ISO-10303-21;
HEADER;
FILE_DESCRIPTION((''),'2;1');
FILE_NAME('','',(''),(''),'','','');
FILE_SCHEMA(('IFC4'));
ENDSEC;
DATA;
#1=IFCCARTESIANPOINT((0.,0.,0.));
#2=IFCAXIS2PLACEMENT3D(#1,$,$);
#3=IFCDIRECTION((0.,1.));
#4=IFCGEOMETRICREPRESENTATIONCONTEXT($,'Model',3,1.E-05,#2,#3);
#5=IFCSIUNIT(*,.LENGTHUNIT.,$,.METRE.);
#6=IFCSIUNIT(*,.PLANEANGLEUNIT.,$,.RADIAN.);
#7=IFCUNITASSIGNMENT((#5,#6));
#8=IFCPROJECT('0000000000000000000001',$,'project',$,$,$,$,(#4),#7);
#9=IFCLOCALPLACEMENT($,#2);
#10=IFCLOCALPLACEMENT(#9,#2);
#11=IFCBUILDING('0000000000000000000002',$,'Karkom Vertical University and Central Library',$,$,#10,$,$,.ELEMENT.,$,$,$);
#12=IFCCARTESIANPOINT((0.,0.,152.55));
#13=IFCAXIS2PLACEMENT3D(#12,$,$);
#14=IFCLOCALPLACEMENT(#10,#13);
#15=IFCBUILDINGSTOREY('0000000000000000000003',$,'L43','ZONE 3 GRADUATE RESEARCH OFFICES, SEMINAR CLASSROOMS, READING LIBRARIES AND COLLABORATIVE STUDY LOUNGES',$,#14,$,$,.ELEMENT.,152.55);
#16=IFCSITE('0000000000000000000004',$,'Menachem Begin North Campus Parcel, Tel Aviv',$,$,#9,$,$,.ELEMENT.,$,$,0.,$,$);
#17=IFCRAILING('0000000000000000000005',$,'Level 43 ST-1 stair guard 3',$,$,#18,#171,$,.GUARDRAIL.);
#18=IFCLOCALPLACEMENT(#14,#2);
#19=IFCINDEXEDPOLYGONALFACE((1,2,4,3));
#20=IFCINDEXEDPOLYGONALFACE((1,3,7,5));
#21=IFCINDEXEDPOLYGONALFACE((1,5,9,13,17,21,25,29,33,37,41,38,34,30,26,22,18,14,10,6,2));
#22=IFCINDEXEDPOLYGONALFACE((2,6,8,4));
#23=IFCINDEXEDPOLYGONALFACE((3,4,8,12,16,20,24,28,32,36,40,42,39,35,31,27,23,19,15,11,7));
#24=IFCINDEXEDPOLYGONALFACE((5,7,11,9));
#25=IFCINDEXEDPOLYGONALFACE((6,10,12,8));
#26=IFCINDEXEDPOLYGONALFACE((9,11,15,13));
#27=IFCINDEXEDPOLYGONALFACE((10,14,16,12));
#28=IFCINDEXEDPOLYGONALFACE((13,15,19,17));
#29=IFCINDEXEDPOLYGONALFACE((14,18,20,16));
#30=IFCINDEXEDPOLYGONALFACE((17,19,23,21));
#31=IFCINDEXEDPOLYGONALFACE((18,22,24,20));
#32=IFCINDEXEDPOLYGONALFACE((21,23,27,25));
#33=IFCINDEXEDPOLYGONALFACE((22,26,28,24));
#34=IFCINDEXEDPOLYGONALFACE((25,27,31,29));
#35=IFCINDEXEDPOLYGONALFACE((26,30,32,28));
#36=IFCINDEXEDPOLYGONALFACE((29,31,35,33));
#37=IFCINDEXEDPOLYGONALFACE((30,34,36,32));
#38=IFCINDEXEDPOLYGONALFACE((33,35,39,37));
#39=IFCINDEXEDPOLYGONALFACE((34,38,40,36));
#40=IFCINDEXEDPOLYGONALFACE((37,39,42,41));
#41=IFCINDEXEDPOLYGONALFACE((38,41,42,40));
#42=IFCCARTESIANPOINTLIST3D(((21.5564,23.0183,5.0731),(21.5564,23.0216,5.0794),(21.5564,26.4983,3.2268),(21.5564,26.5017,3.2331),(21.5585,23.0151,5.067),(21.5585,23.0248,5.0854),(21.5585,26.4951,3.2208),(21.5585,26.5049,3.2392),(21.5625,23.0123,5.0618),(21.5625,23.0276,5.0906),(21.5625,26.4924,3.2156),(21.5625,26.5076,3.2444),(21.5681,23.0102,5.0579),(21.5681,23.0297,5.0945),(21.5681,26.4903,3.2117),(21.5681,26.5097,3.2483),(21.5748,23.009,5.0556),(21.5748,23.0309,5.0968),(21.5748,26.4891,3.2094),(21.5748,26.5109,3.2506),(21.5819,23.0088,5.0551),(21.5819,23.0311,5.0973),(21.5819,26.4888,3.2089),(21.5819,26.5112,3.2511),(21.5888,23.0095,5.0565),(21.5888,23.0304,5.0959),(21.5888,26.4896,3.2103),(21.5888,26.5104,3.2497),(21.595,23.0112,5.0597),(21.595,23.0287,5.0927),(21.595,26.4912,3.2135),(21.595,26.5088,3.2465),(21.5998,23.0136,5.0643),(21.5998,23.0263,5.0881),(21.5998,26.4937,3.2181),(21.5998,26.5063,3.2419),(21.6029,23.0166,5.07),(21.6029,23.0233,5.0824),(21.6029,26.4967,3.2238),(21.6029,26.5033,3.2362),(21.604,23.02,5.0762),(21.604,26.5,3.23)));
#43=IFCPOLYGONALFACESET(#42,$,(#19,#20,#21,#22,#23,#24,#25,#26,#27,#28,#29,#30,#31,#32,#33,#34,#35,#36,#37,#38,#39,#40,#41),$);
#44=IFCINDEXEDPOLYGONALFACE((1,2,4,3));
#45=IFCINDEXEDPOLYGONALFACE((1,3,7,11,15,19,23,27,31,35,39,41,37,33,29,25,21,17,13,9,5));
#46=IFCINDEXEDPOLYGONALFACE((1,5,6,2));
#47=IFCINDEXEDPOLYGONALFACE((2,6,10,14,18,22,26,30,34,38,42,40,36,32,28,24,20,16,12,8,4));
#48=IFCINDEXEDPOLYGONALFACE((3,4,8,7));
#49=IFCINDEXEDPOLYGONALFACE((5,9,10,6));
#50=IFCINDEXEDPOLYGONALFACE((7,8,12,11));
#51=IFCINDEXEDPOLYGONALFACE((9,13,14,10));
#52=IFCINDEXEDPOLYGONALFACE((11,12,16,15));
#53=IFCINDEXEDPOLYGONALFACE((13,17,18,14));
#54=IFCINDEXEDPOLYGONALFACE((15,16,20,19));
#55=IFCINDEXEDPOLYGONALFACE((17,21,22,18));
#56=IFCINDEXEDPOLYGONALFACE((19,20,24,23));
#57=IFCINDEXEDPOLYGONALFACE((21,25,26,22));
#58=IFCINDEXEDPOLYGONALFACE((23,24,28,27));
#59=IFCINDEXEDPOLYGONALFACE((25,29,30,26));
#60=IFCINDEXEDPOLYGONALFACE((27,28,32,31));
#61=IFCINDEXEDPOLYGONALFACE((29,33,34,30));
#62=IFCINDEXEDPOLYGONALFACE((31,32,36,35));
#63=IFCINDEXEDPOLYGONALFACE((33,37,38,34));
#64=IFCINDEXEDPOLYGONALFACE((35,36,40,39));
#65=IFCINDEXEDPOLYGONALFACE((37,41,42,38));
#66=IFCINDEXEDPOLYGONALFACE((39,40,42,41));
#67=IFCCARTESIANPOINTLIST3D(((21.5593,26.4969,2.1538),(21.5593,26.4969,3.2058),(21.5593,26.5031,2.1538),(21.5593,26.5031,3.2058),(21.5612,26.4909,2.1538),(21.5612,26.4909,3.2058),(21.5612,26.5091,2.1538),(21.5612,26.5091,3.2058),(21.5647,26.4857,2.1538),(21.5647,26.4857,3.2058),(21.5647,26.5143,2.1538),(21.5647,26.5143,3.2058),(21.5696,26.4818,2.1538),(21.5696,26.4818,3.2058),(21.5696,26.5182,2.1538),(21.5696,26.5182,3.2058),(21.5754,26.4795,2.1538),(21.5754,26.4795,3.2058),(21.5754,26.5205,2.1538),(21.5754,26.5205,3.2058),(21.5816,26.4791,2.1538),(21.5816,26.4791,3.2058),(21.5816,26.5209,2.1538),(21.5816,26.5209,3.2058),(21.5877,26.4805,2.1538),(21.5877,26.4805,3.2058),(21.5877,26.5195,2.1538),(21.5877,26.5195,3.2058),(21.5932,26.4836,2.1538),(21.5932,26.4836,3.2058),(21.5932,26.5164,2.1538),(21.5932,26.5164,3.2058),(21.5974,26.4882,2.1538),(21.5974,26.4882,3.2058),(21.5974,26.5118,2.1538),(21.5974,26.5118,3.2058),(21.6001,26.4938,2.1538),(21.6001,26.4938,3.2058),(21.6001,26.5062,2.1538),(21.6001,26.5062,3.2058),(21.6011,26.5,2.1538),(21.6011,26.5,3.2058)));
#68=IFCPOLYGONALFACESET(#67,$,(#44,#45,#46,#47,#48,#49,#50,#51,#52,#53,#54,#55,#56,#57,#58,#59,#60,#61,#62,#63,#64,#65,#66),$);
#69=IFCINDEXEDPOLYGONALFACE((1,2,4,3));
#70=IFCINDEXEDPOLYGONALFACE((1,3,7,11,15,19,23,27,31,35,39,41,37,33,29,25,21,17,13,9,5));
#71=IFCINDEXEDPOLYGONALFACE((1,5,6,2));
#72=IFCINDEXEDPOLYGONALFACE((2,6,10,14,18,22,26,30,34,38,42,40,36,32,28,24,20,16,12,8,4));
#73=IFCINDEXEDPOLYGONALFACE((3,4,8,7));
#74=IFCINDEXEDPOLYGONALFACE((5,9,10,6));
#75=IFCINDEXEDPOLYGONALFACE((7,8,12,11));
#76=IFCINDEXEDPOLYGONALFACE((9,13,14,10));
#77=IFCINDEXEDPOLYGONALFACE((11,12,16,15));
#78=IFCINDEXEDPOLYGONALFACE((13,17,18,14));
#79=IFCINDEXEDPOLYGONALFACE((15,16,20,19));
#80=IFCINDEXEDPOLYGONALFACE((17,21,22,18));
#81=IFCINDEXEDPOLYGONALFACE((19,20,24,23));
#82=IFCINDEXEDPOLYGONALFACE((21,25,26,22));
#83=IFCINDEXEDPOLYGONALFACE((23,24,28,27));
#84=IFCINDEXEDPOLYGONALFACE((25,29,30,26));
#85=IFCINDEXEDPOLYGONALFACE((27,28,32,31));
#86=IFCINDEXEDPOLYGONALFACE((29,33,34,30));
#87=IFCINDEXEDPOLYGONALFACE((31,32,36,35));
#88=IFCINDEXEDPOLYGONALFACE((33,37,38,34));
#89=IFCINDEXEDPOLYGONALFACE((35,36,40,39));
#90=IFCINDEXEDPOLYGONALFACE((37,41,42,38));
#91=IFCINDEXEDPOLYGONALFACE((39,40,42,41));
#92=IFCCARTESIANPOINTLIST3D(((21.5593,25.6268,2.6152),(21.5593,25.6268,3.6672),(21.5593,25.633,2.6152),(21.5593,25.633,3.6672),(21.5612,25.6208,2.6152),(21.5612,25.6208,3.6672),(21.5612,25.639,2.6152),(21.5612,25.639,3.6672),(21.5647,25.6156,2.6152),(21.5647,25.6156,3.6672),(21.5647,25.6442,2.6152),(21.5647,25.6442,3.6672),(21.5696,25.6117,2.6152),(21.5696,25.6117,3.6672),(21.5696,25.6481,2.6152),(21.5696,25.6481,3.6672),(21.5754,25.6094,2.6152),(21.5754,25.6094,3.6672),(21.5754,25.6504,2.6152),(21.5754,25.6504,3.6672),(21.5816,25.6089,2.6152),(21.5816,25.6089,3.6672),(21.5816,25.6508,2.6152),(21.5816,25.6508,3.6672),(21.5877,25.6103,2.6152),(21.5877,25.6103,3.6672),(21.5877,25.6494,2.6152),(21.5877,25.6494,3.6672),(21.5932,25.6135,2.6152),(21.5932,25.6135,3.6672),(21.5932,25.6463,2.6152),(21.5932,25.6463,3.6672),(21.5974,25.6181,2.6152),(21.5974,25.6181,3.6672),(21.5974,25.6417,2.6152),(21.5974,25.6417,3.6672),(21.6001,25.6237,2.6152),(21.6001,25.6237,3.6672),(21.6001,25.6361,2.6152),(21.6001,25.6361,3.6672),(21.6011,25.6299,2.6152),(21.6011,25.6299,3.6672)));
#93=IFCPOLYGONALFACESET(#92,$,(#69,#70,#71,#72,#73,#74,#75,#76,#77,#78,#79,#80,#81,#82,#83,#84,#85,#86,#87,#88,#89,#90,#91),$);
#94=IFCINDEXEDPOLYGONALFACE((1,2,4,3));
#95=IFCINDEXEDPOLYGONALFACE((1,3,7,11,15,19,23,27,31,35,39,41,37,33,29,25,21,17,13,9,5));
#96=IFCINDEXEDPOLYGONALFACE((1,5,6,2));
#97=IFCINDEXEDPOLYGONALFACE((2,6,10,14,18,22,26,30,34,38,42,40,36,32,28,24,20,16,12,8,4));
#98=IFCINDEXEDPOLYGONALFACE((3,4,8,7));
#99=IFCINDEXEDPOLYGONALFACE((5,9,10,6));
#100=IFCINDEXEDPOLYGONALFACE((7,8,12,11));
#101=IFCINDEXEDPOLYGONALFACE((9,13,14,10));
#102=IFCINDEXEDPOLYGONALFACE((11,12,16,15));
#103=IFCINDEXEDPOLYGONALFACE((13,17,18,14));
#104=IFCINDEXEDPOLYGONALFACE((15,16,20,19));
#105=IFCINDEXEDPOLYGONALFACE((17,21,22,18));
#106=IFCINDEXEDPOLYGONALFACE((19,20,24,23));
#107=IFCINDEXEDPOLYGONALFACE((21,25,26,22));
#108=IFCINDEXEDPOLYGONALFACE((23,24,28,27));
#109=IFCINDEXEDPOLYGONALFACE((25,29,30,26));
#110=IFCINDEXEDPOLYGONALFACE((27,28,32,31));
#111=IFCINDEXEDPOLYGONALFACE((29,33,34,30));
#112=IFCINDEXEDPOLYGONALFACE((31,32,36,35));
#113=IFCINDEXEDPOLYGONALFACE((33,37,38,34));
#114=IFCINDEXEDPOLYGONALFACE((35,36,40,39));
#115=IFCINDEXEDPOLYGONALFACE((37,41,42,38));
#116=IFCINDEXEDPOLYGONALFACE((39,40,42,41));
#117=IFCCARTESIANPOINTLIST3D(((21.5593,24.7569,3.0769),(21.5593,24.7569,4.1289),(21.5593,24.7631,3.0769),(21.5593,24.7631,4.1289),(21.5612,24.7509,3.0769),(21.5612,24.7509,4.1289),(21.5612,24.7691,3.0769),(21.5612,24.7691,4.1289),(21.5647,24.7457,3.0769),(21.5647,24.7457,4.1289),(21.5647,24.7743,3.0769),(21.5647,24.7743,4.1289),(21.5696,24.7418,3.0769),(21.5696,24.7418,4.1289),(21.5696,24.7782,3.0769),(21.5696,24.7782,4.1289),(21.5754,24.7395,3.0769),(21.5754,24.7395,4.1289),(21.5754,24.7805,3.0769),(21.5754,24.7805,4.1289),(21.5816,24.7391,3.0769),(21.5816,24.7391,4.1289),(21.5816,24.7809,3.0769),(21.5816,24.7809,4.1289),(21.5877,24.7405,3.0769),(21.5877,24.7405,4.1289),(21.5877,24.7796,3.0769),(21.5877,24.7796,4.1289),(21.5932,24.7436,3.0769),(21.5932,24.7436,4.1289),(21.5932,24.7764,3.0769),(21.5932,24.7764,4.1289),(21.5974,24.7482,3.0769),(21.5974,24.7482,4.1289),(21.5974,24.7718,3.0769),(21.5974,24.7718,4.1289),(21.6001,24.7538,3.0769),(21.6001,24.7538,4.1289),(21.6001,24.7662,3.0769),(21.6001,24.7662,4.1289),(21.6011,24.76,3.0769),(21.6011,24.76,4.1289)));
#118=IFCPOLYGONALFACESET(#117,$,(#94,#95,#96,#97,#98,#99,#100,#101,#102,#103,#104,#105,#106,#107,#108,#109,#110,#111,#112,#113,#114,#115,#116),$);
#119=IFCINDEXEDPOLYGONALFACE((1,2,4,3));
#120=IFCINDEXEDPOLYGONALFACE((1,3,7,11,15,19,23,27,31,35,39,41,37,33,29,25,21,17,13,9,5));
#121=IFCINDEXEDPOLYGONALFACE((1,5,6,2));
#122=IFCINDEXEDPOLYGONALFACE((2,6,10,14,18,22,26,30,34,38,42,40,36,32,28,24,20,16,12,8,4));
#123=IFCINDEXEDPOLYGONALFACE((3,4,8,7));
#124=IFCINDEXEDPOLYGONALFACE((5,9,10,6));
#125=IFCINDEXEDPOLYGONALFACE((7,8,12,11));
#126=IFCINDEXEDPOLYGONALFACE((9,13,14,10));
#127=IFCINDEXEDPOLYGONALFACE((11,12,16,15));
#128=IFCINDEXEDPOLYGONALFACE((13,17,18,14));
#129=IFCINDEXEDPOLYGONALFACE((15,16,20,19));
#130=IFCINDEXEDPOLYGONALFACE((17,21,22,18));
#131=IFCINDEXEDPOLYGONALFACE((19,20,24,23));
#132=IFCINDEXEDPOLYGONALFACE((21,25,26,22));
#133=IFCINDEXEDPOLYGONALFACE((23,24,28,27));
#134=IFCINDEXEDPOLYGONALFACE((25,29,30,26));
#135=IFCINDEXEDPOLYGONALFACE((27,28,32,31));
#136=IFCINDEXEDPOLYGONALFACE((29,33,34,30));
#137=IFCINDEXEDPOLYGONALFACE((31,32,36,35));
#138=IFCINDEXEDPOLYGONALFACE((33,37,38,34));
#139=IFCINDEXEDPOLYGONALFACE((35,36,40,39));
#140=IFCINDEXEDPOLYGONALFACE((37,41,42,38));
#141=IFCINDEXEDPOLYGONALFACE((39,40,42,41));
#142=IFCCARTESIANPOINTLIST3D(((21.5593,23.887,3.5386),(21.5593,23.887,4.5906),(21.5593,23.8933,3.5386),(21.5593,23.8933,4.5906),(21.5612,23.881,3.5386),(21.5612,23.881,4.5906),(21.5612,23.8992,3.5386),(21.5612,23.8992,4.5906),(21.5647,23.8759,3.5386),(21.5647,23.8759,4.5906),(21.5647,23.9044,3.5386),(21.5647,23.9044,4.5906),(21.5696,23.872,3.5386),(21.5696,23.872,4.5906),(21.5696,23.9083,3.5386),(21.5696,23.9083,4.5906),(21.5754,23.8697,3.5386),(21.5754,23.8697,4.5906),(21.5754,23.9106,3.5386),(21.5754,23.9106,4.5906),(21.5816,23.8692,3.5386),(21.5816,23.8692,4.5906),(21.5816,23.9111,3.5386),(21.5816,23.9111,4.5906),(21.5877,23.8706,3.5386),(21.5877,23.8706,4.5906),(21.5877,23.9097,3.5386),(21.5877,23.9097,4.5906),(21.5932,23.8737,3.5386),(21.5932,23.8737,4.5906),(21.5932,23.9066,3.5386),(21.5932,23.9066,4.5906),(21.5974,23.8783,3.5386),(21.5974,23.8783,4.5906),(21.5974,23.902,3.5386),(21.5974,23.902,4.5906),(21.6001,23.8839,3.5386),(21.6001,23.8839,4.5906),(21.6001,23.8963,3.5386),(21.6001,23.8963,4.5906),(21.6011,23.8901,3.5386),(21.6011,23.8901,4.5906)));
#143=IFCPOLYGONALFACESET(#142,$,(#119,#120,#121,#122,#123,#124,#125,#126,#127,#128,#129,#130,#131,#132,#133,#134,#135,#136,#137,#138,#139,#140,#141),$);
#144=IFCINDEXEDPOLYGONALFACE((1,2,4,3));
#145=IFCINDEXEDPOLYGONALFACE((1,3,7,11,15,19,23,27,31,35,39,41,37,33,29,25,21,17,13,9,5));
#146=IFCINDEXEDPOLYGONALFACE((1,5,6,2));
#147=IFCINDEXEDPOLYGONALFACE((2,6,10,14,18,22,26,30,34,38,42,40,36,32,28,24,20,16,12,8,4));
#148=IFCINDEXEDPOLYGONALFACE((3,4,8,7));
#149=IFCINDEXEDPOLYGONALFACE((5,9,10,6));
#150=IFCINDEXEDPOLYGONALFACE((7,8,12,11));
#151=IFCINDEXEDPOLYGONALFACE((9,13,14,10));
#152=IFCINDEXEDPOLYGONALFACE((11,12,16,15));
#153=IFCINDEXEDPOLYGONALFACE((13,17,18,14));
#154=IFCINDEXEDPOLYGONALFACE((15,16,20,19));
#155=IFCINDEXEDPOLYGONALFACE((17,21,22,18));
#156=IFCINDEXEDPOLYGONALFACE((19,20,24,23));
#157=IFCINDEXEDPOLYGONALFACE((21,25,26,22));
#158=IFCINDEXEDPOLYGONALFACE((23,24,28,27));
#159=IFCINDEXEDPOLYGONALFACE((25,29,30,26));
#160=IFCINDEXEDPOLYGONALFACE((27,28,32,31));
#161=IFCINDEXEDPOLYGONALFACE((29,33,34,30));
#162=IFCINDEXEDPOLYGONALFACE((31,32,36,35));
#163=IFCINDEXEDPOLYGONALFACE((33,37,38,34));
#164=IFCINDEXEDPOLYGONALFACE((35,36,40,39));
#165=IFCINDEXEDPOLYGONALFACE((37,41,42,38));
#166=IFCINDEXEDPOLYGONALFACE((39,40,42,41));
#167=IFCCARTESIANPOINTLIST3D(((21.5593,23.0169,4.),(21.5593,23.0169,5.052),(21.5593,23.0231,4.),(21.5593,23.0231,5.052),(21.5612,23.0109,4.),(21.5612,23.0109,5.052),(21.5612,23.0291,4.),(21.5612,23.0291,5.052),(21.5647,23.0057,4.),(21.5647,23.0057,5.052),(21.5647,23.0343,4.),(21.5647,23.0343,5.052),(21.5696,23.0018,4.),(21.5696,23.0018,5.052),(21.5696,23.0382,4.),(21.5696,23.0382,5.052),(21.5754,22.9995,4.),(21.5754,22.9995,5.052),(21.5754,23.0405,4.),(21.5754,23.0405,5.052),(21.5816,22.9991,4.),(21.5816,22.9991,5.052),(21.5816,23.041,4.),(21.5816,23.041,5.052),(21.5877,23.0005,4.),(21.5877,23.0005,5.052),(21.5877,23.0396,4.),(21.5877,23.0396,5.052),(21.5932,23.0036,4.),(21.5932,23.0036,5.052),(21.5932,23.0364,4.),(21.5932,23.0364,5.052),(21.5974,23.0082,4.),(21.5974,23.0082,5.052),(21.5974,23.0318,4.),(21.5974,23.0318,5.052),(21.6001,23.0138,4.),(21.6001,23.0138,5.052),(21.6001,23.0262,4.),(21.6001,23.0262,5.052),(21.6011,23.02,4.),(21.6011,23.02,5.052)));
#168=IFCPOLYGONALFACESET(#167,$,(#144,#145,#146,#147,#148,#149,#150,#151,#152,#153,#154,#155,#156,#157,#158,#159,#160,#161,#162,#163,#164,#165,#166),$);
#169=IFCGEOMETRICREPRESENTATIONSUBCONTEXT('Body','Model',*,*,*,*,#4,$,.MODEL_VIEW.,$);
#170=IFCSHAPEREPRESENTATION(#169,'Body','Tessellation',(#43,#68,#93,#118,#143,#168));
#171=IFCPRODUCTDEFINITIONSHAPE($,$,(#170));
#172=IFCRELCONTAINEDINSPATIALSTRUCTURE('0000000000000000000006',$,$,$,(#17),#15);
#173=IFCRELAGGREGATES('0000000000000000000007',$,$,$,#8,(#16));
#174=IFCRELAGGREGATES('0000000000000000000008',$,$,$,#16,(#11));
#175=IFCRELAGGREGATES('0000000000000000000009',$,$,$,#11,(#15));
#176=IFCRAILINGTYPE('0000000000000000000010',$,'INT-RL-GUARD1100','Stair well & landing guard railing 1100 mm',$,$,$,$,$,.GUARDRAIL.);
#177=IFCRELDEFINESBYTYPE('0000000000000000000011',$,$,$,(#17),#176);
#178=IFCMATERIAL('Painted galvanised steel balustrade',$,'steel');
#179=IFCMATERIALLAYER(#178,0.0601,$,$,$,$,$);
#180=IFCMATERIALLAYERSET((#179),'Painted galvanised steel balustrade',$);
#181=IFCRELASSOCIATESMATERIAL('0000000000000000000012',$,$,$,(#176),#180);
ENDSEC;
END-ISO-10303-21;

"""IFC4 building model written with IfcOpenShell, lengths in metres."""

from ifc_helpers import new_model, si_unit, direction, frame, origin, origin_2d, place, context, subcontext, project, spatial, circle, extrude, material, layer, layer_set, type_object, element, save


model = new_model("IFC4")

# Units and contexts
model_context = context("Model", 3, precision=1e-05, world=origin(), true_north=direction((0.0, 1.0)))
body_context = subcontext(model_context, "Body", "Model", "MODEL_VIEW")
ifc_project = project(units=[si_unit("LENGTHUNIT", "METRE"), si_unit("PLANEANGLEUNIT", "RADIAN")], contexts=[model_context])

# Site, building, storey
site_placement = place(None, origin())
site = spatial("IfcSite", under=ifc_project, at=site_placement, Name="Menachem Begin North Campus Parcel, Tel Aviv", CompositionType="ELEMENT", RefElevation=0.0)
building_placement = place(site_placement, origin())
building = spatial("IfcBuilding", under=site, at=building_placement, Name="Karkom Vertical University and Central Library", CompositionType="ELEMENT")
storey_placement = place(building_placement, frame((0.0, 0.0, 152.55)))
storey = spatial("IfcBuildingStorey", under=building, at=storey_placement, Name="L43", Description="ZONE 3 GRADUATE RESEARCH OFFICES, SEMINAR CLASSROOMS, READING LIBRARIES AND COLLABORATIVE STUDY LOUNGES", CompositionType="ELEMENT", Elevation=152.55)

# Railing
ifc_material_1 = material(Name="Painted galvanised steel balustrade", Category="steel")
ifc_layer_1 = layer(ifc_material_1, 0.0601)
ifc_layer_set_1 = layer_set([ifc_layer_1], Name="Painted galvanised steel balustrade")
railing_type_1 = type_object("IfcRailingType", Name="INT-RL-GUARD1100", Description="Stair well & landing guard railing 1100 mm", PredefinedType="GUARDRAIL", material=ifc_layer_set_1)
railing_1_placement = place(storey_placement, frame((21.5801, 26.5, 2.1538)))
element("IfcRailing", 1, at=railing_1_placement, inside=storey, type_object=railing_type_1, Name="Level 43 ST-1 stair guard 3", PredefinedType="GUARDRAIL", context=body_context, shape_type="SweptSolid", body=[
    extrude(circle(Radius=0.0239, at=origin_2d()), frame((0.0, 0.0, 1.0762), z_axis=(0.0, -0.883384, 0.468651), x_axis=(1.0, 0.0, 0.0)), (0.0, 0.0, 1.0), 3.9395),
    extrude(circle(Radius=0.021, at=origin_2d()), origin(), (0.0, 0.0, 1.0), 1.052),
    extrude(circle(Radius=0.021, at=origin_2d()), frame((0.0, -0.8701, 0.4614)), (0.0, 0.0, 1.0), 1.052),
    extrude(circle(Radius=0.021, at=origin_2d()), frame((0.0, -1.74, 0.9231)), (0.0, 0.0, 1.0), 1.052),
    extrude(circle(Radius=0.021, at=origin_2d()), frame((0.0, -2.6099, 1.3848)), (0.0, 0.0, 1.0), 1.052),
    extrude(circle(Radius=0.021, at=origin_2d()), frame((0.0, -3.48, 1.8462)), (0.0, 0.0, 1.0), 1.052),
])

save(model, "model.ifc")
